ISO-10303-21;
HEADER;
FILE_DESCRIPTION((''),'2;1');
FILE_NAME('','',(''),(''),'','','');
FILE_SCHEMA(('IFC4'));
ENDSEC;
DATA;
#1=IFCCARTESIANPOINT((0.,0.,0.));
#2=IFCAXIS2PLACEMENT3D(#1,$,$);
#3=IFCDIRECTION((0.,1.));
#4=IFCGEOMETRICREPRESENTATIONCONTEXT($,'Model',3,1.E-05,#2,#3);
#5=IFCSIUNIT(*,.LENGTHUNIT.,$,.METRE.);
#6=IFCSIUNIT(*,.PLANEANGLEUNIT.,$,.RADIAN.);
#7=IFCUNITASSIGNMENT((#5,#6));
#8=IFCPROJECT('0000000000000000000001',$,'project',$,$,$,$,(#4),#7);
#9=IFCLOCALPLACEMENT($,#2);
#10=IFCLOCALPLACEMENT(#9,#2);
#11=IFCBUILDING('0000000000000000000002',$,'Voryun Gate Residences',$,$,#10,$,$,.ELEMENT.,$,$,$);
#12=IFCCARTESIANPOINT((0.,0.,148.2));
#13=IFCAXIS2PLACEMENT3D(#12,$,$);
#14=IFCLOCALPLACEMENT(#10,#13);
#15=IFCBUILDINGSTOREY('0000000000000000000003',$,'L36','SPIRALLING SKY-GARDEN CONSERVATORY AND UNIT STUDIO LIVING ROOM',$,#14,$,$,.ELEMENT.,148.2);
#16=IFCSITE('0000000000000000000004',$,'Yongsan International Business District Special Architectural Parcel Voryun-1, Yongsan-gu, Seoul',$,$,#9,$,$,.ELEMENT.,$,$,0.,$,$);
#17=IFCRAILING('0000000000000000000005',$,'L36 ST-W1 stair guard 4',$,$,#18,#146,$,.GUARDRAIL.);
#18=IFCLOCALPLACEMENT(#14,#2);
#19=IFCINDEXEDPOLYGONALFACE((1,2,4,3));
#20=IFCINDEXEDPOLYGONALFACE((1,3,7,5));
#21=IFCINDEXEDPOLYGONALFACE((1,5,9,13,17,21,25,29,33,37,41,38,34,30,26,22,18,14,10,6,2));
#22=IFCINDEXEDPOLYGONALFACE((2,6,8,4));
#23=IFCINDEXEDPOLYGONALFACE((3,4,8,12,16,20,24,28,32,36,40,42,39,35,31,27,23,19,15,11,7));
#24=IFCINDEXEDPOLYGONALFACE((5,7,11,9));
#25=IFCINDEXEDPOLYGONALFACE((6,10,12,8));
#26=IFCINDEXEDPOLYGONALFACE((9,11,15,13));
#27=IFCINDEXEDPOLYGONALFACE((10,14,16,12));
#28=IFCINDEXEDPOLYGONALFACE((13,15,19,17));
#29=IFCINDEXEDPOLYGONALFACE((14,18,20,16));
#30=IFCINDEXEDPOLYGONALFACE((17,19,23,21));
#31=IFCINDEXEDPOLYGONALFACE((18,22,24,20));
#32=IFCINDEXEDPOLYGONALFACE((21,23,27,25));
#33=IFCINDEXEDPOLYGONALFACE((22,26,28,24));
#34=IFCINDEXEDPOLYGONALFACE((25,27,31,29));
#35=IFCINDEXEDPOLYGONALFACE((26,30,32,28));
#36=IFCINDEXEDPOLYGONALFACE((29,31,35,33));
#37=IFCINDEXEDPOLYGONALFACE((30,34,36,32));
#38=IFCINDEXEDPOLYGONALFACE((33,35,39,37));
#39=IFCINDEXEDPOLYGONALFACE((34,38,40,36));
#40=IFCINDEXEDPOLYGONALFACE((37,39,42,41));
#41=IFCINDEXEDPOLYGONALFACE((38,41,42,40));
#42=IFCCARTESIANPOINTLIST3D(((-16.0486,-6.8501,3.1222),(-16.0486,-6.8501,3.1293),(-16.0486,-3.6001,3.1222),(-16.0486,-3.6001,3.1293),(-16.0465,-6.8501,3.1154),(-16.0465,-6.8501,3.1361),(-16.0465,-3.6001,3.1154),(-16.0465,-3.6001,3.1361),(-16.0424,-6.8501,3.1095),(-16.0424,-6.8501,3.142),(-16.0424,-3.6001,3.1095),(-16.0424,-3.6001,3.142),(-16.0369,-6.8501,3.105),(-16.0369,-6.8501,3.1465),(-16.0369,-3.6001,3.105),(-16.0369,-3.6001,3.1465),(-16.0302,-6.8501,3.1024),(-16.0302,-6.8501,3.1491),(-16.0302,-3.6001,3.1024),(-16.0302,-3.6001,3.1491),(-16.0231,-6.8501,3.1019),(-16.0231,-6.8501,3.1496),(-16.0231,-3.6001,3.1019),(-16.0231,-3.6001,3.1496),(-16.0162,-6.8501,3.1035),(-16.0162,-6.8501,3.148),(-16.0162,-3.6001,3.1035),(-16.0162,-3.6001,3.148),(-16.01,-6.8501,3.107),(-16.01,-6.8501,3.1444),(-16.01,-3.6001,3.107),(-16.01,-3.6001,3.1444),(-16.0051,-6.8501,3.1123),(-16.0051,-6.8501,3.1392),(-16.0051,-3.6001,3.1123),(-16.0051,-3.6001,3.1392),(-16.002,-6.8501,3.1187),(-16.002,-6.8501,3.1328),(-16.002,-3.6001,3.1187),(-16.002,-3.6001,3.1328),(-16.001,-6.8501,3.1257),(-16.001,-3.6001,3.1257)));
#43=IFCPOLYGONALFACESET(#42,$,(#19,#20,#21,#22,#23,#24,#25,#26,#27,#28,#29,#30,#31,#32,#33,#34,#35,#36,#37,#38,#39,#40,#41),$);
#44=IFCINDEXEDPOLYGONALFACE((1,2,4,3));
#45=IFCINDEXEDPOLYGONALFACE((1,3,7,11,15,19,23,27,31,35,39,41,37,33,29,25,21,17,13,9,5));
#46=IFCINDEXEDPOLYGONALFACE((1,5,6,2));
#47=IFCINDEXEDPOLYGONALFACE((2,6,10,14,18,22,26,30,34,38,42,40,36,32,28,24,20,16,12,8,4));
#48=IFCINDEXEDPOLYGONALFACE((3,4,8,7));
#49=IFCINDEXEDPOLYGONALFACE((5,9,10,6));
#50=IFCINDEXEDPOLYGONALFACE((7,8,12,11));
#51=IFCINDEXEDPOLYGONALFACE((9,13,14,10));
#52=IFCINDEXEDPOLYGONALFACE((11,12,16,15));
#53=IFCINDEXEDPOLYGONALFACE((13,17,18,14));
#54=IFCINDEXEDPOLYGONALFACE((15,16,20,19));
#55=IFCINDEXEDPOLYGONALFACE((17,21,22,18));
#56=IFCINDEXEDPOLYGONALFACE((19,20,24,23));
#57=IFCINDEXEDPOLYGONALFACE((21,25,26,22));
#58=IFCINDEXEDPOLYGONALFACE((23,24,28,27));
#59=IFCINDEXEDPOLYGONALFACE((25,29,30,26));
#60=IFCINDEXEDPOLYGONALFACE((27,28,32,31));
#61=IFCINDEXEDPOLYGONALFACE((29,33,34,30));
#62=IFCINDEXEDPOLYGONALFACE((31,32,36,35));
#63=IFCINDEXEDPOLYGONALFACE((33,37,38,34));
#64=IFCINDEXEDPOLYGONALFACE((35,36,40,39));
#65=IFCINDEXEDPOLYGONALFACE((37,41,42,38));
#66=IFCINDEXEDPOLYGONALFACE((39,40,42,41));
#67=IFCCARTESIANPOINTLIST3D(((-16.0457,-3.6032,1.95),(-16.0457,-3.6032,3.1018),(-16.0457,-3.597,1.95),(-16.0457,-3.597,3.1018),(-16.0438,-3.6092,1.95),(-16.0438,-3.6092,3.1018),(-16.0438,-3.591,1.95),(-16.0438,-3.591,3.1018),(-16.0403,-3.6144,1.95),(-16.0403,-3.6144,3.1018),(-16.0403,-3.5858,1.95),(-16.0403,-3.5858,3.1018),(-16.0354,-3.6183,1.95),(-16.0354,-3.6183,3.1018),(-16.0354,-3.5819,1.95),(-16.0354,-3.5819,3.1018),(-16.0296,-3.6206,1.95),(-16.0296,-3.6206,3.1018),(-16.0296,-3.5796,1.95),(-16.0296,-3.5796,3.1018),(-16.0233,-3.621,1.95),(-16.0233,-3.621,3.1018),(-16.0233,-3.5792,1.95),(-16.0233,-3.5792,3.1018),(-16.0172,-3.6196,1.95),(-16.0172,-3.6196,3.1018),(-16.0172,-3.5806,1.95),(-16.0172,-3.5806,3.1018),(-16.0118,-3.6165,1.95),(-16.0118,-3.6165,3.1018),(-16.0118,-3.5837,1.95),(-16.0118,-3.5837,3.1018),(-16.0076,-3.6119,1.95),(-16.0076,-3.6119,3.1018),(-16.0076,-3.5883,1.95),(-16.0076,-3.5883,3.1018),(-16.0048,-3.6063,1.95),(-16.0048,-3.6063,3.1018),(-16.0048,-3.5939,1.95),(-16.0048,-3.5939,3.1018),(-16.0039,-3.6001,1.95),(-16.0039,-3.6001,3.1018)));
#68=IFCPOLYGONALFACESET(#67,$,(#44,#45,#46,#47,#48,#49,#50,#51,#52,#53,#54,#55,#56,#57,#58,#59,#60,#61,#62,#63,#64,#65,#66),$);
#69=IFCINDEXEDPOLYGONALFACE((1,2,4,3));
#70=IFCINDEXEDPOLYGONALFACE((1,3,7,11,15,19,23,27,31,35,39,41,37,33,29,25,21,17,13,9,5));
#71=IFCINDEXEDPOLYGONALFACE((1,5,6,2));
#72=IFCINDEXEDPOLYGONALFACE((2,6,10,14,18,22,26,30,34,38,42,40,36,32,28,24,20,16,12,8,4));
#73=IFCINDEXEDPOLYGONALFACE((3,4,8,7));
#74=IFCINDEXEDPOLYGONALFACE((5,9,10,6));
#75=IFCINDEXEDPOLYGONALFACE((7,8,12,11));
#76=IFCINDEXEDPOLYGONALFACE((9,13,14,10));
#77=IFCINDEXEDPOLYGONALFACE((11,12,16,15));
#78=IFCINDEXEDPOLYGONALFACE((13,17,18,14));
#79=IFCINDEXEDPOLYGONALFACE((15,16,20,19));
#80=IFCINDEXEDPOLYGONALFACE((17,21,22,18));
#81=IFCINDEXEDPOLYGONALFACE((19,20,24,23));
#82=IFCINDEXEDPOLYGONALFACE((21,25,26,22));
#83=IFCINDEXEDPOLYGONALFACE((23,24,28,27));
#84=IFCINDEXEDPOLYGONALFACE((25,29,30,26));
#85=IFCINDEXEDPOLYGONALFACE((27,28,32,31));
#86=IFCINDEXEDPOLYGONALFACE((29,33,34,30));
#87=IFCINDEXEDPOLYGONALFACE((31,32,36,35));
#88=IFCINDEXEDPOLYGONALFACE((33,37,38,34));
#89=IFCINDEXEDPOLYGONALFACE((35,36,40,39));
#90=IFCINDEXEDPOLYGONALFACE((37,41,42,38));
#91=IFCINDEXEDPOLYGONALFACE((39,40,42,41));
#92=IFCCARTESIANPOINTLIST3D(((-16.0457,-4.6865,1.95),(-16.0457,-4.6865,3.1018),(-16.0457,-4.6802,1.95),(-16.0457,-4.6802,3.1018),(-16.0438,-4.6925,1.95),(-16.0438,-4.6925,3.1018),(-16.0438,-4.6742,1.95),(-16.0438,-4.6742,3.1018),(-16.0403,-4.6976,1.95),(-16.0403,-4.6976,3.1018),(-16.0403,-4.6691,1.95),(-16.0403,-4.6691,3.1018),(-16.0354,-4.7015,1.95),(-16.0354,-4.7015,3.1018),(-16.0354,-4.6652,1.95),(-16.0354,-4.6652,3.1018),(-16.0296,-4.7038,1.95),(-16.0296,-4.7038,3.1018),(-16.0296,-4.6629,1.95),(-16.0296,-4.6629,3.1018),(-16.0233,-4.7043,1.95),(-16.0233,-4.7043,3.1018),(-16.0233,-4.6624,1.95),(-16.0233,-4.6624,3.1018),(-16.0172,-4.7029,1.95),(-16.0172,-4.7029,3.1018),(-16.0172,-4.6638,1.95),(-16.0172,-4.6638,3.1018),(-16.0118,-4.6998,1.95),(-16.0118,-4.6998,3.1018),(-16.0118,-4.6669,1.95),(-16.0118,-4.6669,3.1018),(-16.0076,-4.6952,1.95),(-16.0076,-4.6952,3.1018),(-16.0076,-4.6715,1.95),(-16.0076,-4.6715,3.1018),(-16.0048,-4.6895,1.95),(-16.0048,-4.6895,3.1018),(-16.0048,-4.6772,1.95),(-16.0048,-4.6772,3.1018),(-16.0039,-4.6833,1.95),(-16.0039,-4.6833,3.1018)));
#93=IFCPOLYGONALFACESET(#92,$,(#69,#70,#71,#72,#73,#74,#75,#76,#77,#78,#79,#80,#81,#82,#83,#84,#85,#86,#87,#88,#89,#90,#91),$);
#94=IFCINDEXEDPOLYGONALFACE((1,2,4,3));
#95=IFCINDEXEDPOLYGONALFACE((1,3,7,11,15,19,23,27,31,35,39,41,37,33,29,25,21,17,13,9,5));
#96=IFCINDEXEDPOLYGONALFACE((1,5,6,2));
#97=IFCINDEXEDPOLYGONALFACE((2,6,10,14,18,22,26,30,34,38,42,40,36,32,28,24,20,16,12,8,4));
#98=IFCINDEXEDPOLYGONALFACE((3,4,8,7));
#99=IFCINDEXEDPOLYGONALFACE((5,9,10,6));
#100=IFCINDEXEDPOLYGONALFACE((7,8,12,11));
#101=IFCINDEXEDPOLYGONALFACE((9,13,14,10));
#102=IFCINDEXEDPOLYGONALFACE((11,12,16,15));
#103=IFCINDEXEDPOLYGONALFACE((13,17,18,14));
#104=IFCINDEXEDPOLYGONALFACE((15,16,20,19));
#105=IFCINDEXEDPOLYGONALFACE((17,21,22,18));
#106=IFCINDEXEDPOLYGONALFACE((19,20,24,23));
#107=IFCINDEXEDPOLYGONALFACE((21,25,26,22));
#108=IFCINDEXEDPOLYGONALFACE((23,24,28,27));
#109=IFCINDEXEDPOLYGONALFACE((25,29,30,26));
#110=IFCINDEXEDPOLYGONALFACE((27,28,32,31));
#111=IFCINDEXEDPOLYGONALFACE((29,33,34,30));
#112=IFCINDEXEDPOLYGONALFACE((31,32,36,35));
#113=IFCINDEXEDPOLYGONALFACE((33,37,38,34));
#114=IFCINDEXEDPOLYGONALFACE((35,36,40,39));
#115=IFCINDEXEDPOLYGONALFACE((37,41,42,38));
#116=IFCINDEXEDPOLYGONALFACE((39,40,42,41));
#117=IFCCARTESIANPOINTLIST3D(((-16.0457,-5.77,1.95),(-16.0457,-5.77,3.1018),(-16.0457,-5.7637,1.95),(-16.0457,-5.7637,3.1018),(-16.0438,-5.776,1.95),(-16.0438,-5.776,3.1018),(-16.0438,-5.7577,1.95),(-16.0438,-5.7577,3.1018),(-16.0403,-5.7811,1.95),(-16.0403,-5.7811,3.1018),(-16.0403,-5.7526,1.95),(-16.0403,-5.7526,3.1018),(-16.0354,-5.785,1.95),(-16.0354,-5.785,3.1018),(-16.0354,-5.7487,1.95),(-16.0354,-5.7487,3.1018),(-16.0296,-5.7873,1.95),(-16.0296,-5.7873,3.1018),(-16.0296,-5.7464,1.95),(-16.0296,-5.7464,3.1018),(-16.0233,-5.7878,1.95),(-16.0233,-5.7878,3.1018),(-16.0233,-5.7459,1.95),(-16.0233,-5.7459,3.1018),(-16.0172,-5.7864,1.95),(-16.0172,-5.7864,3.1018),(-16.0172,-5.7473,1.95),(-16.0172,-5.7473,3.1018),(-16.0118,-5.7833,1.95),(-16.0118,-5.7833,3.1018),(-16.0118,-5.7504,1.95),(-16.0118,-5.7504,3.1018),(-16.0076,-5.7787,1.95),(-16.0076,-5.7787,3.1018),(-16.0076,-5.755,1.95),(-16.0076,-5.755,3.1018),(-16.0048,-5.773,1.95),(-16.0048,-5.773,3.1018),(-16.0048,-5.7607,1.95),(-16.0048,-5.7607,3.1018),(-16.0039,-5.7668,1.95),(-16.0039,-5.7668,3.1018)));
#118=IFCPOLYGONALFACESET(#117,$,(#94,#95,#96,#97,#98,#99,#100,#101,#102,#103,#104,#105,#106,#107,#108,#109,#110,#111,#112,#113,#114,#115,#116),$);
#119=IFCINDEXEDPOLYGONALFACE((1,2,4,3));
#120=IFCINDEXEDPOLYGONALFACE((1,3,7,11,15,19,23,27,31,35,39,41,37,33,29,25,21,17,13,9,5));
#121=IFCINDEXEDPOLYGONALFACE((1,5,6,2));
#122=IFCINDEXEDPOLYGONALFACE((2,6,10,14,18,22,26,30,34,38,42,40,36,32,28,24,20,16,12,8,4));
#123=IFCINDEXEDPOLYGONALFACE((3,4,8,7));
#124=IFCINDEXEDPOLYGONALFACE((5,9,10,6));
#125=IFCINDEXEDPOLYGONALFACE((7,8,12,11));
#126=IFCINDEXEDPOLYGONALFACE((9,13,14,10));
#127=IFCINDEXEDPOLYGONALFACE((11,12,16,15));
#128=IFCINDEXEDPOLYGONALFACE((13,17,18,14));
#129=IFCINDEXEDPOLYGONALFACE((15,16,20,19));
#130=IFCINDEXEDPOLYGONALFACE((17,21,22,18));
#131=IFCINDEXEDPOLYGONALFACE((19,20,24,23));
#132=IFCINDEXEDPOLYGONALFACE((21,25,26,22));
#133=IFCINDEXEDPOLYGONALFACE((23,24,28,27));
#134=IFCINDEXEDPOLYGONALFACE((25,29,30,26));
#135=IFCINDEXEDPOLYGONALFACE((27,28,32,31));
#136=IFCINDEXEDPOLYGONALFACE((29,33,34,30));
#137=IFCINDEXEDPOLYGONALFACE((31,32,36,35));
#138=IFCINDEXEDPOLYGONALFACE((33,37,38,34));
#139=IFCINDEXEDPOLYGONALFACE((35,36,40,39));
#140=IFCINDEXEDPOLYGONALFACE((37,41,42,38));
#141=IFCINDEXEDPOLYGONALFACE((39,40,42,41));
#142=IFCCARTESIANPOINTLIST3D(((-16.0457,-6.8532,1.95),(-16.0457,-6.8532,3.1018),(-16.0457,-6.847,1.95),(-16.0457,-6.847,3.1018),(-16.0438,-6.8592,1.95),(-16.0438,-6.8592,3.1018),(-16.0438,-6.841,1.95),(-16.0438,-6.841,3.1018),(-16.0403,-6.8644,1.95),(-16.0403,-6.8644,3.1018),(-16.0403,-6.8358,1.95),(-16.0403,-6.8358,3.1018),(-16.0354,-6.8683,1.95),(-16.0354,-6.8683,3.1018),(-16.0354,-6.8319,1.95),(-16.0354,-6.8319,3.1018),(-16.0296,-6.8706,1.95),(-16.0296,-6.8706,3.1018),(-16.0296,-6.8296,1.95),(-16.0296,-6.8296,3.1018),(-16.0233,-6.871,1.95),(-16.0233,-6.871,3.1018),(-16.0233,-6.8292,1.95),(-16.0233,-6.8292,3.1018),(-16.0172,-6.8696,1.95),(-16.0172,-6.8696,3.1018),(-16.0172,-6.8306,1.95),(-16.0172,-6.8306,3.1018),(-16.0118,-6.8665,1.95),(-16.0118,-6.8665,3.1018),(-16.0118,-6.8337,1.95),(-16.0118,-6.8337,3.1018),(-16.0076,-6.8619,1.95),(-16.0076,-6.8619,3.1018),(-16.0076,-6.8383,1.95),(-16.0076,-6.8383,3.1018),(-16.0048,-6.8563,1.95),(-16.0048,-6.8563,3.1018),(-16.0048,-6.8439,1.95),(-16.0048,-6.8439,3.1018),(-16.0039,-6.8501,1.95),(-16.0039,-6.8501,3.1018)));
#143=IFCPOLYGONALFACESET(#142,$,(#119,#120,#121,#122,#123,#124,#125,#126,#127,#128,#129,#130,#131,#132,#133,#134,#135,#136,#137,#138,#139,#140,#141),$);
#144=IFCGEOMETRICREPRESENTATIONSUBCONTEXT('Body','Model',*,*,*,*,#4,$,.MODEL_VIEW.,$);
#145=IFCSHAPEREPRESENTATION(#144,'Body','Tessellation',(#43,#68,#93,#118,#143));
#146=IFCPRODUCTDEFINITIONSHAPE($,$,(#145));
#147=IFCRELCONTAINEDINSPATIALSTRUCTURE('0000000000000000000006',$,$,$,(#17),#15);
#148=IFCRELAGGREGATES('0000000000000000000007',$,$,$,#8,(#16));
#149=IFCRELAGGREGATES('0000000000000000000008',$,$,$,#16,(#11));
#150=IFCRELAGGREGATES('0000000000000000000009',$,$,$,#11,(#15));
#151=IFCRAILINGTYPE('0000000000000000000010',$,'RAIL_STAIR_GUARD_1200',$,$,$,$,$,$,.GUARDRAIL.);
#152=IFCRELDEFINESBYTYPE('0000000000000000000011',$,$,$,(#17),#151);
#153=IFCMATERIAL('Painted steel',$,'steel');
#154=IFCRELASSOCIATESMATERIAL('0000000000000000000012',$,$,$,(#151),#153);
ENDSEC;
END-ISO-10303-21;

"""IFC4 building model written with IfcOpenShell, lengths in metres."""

from ifc_helpers import new_model, si_unit, direction, frame, origin, origin_2d, place, context, subcontext, project, spatial, circle, extrude, material, type_object, element, save


model = new_model("IFC4")

# Units and contexts
model_context = context("Model", 3, precision=1e-05, world=origin(), true_north=direction((0.0, 1.0)))
body_context = subcontext(model_context, "Body", "Model", "MODEL_VIEW")
ifc_project = project(units=[si_unit("LENGTHUNIT", "METRE"), si_unit("PLANEANGLEUNIT", "RADIAN")], contexts=[model_context])

# Site, building, storey
site_placement = place(None, origin())
site = spatial("IfcSite", under=ifc_project, at=site_placement, Name="Yongsan International Business District Special Architectural Parcel Voryun-1, Yongsan-gu, Seoul", CompositionType="ELEMENT", RefElevation=0.0)
building_placement = place(site_placement, origin())
building = spatial("IfcBuilding", under=site, at=building_placement, Name="Voryun Gate Residences", CompositionType="ELEMENT")
storey_placement = place(building_placement, frame((0.0, 0.0, 148.2)))
storey = spatial("IfcBuildingStorey", under=building, at=storey_placement, Name="L36", Description="SPIRALLING SKY-GARDEN CONSERVATORY AND UNIT STUDIO LIVING ROOM", CompositionType="ELEMENT", Elevation=148.2)

# Railing
ifc_material_1 = material(Name="Painted steel", Category="steel")
railing_type_1 = type_object("IfcRailingType", Name="RAIL_STAIR_GUARD_1200", PredefinedType="GUARDRAIL", material=ifc_material_1)
for number, where, name in (
    (1, (-16.0249, -3.6001, 1.95), "L36 ST-W1 stair guard 4"),
):
    element("IfcRailing", number, at=place(storey_placement, frame(where)), inside=storey, type_object=railing_type_1, Name=name, PredefinedType="GUARDRAIL", context=body_context, shape_type="SweptSolid", body=[
        extrude(circle(Radius=0.0239, at=origin_2d()), frame((0.0, 0.0, 1.1758), z_axis=(0.0, -1.0, 0.0), x_axis=(1.0, 0.0, 0.0)), (0.0, 0.0, 1.0), 3.25),
        extrude(circle(Radius=0.021, at=origin_2d()), origin(), (0.0, 0.0, 1.0), 1.1519),
        extrude(circle(Radius=0.021, at=origin_2d()), frame((0.0, -1.0833, 0.0)), (0.0, 0.0, 1.0), 1.1519),
        extrude(circle(Radius=0.021, at=origin_2d()), frame((0.0, -2.1667, 0.0)), (0.0, 0.0, 1.0), 1.1519),
        extrude(circle(Radius=0.021, at=origin_2d()), frame((0.0, -3.25, 0.0)), (0.0, 0.0, 1.0), 1.1519),
    ])

save(model, "model.ifc")
